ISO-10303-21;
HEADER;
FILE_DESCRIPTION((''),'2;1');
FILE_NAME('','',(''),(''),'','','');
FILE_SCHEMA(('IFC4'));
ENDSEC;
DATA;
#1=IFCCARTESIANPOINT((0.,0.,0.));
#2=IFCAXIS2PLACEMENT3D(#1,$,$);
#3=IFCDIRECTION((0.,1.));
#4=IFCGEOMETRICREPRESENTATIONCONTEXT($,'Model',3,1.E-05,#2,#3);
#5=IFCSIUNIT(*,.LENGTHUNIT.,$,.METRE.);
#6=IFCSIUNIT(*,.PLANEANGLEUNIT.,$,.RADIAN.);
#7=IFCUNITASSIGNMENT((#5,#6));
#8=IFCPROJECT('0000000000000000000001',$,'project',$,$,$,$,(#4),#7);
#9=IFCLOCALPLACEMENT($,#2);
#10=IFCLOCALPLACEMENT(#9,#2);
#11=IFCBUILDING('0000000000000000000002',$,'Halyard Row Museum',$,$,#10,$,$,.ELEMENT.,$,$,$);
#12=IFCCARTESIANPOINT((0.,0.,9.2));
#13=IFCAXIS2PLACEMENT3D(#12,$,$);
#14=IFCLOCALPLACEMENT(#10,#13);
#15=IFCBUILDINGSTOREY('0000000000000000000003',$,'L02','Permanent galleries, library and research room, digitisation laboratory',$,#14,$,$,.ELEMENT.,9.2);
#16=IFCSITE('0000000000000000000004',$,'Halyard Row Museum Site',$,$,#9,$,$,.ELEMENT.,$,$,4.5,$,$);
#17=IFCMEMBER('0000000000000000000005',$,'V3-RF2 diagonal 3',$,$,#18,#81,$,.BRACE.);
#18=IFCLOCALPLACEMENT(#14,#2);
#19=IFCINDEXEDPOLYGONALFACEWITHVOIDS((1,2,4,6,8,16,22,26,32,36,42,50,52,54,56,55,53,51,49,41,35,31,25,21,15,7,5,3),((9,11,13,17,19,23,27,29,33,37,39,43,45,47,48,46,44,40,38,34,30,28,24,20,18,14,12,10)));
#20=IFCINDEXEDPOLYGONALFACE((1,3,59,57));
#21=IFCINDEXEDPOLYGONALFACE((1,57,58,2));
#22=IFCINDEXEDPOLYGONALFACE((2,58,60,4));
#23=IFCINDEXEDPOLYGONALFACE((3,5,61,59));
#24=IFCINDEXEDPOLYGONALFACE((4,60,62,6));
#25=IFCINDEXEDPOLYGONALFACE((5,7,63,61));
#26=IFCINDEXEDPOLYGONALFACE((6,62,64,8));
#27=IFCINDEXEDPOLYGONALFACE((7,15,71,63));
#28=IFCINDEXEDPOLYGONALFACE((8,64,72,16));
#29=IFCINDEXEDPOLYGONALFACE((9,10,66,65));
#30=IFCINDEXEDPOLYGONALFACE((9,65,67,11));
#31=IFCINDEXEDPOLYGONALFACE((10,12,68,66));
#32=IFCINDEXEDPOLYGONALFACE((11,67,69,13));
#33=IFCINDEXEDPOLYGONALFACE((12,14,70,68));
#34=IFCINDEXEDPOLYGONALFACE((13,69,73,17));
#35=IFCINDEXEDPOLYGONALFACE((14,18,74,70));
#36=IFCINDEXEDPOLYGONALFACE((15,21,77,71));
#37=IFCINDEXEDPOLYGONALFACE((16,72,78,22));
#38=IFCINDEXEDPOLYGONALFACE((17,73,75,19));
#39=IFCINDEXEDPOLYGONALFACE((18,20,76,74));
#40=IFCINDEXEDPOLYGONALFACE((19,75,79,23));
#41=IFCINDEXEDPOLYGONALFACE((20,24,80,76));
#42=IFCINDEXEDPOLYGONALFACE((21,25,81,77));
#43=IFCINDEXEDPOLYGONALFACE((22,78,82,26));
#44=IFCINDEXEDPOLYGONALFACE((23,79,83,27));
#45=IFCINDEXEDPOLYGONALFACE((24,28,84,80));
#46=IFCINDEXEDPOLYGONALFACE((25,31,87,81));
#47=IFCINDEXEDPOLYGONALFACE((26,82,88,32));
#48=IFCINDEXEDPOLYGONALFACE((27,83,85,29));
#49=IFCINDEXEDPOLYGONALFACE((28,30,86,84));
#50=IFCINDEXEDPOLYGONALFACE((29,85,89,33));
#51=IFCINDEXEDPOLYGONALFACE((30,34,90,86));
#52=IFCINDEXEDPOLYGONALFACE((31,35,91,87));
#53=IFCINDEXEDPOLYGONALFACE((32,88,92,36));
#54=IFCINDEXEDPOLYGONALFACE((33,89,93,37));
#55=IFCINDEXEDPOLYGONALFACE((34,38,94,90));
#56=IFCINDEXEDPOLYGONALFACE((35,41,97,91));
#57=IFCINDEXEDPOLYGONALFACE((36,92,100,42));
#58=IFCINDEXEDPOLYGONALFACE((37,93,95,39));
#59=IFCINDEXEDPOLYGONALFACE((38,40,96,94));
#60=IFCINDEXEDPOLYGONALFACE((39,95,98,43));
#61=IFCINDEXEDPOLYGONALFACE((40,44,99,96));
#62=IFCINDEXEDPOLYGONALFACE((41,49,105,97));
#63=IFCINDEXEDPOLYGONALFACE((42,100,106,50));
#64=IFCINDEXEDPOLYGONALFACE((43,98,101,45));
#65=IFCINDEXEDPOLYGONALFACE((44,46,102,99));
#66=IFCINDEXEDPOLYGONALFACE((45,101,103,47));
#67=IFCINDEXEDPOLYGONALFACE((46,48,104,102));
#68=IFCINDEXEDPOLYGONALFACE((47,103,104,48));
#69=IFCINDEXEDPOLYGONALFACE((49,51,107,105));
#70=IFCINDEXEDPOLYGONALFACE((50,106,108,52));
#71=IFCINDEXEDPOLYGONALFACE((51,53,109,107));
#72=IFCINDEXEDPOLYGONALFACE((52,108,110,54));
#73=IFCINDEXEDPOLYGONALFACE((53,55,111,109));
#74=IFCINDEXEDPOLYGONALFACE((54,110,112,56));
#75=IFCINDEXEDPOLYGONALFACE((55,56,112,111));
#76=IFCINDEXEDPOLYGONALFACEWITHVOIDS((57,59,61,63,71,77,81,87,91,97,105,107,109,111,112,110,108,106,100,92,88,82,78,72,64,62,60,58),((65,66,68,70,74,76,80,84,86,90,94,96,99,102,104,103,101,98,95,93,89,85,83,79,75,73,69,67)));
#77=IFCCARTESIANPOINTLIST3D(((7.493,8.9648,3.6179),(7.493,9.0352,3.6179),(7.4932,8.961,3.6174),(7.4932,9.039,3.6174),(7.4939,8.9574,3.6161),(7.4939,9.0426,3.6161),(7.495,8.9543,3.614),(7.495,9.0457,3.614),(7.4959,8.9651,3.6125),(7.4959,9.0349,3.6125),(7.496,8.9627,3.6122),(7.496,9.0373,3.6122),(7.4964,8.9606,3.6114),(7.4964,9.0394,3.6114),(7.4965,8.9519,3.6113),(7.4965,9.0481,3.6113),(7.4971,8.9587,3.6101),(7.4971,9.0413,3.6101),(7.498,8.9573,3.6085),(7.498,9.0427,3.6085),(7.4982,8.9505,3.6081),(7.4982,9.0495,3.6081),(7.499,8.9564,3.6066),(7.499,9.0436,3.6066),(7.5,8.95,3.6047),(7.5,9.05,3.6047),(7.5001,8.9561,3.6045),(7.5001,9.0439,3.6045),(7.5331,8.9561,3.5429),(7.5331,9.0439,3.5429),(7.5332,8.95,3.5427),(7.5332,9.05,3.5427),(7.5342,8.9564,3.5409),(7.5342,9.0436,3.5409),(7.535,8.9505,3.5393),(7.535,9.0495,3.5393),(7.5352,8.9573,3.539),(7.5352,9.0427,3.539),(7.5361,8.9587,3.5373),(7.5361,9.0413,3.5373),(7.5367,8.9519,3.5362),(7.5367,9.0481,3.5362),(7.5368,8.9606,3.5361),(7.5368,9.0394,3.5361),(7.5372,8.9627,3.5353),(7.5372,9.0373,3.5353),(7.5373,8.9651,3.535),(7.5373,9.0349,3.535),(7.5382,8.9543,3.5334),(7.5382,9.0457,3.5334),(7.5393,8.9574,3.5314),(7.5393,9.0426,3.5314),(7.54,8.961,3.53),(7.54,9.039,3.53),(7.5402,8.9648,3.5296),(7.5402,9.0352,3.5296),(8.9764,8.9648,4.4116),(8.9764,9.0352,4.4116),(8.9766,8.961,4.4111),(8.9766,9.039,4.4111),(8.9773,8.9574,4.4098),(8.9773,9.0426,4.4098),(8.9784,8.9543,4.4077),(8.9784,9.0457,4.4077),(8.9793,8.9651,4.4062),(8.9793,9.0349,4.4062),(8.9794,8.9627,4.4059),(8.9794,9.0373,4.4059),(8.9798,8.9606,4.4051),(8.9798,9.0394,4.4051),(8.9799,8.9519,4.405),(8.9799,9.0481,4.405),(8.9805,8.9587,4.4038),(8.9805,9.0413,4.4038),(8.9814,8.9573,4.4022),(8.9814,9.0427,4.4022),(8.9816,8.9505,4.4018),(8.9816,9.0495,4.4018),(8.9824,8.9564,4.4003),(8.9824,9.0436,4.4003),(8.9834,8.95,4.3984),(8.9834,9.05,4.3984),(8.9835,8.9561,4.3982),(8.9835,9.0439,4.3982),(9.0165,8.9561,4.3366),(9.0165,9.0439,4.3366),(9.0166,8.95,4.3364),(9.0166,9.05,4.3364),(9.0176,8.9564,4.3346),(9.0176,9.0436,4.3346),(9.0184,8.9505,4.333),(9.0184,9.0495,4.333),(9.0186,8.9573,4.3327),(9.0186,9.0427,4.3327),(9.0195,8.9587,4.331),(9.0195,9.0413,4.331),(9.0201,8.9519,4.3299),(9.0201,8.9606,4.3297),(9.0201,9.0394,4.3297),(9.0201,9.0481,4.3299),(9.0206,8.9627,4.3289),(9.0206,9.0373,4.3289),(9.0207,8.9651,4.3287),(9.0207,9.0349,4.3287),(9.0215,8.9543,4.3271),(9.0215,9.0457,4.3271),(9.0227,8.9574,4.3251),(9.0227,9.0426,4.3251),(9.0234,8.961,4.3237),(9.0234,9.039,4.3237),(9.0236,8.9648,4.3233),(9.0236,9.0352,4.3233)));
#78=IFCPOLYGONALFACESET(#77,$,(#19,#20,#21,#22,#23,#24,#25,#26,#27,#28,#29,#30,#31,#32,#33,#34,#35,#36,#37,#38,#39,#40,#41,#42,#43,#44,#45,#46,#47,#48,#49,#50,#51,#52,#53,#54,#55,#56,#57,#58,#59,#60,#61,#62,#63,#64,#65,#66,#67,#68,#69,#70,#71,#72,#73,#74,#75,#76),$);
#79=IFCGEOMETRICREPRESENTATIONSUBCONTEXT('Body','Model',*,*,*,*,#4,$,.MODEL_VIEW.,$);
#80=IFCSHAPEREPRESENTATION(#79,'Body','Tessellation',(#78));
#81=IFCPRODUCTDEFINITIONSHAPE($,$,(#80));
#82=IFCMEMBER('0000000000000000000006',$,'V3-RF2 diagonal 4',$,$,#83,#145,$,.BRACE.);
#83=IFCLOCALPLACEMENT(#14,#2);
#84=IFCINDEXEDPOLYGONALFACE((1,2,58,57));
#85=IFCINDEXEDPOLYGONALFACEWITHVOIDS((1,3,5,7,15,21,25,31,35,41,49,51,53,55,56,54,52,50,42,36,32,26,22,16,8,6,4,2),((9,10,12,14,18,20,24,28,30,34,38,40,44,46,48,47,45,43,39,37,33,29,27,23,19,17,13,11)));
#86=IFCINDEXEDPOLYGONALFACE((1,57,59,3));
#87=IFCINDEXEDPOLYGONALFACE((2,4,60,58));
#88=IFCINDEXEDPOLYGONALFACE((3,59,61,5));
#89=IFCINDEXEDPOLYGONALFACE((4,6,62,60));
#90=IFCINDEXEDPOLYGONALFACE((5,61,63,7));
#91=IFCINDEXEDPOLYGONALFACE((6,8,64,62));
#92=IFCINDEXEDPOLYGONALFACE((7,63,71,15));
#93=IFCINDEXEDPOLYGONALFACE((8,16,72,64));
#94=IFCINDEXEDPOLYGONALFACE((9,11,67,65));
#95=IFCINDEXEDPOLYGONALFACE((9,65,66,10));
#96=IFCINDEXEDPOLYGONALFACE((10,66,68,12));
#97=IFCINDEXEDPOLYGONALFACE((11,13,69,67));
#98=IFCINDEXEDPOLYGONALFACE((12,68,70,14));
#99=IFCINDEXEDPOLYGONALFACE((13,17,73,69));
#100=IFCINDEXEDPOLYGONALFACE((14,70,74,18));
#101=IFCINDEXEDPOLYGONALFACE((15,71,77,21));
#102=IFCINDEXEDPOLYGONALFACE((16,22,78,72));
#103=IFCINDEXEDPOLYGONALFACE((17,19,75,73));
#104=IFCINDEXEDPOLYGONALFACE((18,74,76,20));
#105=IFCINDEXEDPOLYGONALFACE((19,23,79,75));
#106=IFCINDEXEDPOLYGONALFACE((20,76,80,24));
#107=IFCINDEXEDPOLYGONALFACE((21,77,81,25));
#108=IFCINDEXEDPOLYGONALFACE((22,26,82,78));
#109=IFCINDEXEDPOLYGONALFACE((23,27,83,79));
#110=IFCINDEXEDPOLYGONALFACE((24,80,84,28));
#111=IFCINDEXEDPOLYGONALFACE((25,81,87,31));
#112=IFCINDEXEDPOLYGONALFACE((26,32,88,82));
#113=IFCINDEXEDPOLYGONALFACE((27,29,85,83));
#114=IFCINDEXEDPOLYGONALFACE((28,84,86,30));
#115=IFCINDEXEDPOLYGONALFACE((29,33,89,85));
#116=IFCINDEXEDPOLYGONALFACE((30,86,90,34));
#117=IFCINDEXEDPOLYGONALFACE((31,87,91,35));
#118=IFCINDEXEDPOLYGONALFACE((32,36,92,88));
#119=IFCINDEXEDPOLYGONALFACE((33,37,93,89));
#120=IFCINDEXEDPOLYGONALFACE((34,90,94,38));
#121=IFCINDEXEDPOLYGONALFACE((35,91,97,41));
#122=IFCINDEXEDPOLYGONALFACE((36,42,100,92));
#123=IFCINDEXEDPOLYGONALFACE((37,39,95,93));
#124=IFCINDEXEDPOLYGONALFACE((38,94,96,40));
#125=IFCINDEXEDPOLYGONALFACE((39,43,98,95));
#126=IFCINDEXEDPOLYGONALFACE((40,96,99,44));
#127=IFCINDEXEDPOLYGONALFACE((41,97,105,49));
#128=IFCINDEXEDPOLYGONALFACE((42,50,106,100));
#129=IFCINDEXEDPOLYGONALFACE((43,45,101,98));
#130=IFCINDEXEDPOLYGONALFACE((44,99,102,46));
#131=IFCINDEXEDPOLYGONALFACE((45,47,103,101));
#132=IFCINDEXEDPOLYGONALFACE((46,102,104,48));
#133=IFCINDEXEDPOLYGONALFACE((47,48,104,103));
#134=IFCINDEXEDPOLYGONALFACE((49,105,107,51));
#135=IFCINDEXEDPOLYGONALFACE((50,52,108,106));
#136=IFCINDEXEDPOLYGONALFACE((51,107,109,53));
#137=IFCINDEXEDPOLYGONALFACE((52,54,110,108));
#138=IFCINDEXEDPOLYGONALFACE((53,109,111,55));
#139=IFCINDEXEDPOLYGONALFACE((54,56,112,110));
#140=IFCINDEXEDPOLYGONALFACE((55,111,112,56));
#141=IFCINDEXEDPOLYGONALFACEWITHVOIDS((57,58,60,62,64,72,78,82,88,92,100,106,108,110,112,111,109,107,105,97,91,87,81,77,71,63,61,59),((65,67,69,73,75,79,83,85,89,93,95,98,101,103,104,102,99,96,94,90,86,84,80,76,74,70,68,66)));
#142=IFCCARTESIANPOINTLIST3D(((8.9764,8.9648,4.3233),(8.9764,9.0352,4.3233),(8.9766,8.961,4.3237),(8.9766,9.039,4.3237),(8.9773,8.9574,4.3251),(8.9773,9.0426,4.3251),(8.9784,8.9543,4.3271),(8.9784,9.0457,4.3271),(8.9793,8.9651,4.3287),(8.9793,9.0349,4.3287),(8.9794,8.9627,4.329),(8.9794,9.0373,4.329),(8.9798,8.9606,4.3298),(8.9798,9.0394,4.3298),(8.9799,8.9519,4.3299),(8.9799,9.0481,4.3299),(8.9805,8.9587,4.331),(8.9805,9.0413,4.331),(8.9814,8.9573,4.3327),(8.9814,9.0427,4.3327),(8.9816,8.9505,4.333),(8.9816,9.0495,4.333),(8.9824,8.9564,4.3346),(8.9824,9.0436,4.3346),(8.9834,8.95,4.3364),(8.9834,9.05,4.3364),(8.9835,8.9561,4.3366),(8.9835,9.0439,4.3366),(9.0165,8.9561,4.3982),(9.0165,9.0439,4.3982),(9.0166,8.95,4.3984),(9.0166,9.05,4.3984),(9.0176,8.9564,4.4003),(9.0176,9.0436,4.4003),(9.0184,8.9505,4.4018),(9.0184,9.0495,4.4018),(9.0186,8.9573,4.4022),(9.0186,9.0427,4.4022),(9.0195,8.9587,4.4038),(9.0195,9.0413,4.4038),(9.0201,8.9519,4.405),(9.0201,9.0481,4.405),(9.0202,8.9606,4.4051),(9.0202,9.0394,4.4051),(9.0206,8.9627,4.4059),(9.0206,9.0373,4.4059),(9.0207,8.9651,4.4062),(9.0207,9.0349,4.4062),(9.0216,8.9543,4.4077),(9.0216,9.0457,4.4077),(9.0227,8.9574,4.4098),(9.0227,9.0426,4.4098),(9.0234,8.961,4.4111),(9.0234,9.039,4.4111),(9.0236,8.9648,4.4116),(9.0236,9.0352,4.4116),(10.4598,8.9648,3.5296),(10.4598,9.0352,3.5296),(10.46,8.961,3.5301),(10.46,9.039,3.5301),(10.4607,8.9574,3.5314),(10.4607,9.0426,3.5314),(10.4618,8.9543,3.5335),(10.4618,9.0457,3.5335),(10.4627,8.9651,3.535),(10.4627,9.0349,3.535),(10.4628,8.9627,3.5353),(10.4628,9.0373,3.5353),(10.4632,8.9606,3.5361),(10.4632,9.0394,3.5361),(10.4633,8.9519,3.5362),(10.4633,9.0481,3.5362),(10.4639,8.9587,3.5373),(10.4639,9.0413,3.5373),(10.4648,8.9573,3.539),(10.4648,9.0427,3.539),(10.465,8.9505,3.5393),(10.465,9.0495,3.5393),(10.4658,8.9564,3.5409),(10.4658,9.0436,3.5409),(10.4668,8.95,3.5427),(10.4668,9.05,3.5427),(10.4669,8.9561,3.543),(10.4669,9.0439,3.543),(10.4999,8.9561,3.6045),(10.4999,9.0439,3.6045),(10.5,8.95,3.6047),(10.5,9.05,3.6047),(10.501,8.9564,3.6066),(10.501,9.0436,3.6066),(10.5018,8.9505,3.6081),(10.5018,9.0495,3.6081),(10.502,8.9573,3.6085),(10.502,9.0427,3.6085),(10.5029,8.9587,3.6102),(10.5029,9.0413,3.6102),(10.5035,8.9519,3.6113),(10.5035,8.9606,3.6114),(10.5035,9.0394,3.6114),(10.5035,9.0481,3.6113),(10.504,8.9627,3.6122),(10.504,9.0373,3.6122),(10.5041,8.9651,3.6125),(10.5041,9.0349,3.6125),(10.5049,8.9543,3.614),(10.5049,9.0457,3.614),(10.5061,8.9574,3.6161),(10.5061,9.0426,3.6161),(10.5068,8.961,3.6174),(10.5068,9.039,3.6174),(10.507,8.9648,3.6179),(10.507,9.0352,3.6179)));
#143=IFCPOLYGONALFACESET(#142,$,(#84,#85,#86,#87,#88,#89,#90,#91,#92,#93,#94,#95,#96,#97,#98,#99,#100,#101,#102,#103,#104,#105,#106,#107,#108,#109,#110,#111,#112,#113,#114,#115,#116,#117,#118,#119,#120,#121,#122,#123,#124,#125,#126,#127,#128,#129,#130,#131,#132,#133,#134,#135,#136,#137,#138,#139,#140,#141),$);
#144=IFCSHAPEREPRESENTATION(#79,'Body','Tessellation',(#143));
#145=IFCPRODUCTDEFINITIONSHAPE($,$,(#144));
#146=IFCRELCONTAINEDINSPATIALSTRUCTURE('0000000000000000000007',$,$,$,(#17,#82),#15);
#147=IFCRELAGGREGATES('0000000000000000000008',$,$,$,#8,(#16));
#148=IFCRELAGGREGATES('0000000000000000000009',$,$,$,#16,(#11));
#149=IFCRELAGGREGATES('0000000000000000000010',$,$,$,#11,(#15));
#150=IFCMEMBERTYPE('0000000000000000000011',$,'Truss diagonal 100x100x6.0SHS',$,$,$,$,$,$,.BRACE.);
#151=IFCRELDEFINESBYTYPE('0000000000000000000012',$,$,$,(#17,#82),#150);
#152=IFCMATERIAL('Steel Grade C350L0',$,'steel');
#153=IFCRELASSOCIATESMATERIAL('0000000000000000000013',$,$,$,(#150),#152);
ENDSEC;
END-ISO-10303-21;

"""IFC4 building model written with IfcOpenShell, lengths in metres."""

from ifc_helpers import new_model, si_unit, direction, frame, origin, origin_2d, place, context, subcontext, project, spatial, hollow_rectangle, extrude, material, material_profile, profile_set, type_object, element, save


model = new_model("IFC4")

# Units and contexts
model_context = context("Model", 3, precision=1e-05, world=origin(), true_north=direction((0.0, 1.0)))
body_context = subcontext(model_context, "Body", "Model", "MODEL_VIEW")
ifc_project = project(units=[si_unit("LENGTHUNIT", "METRE"), si_unit("PLANEANGLEUNIT", "RADIAN")], contexts=[model_context])

# Site, building, storey
site_placement = place(None, origin())
site = spatial("IfcSite", under=ifc_project, at=site_placement, Name="Halyard Row Museum Site", CompositionType="ELEMENT", RefElevation=4.5)
building_placement = place(site_placement, origin())
building = spatial("IfcBuilding", under=site, at=building_placement, Name="Halyard Row Museum", CompositionType="ELEMENT")
storey_placement = place(building_placement, frame((0.0, 0.0, 9.2)))
storey = spatial("IfcBuildingStorey", under=building, at=storey_placement, Name="L02", Description="Permanent galleries, library and research room, digitisation laboratory", CompositionType="ELEMENT", Elevation=9.2)

# Members
ifc_material_1 = material(Name="Steel Grade C350L0", Category="steel")
ifc_material_profile_1 = material_profile(ifc_material_1, hollow_rectangle(XDim=0.1001, YDim=0.1001, WallThickness=0.0061, InnerFilletRadius=0.009, OuterFilletRadius=0.0149, at=origin_2d()), Name="100x100x6.0SHS")
ifc_profile_set_1 = profile_set([ifc_material_profile_1], Name="Steel Grade C350L0")
member_type_1 = type_object("IfcMemberType", Name="Truss diagonal 100x100x6.0SHS", PredefinedType="BRACE", material=ifc_profile_set_1)
for number, where, z_axis, x_axis, name in (
    (1, (7.5166, 9.0, 3.5737), (0.881721, 0.0, 0.47177), (0.0, 1.0, 0.0), "V3-RF2 diagonal 3"),
    (2, (9.0, 9.0, 4.3674), (0.881721, 0.0, -0.47177), (0.0, 1.0, 0.0), "V3-RF2 diagonal 4"),
):
    element("IfcMember", number, at=place(storey_placement, frame(where, z_axis=z_axis, x_axis=x_axis)), inside=storey, type_object=member_type_1, Name=name, PredefinedType="BRACE", context=body_context, shape_type="SweptSolid", body=[
        extrude(hollow_rectangle(XDim=0.1001, YDim=0.1001, WallThickness=0.0061, InnerFilletRadius=0.009, OuterFilletRadius=0.0149, at=origin_2d()), origin(), (0.0, 0.0, 1.0), 1.6824),
    ])

save(model, "model.ifc")
